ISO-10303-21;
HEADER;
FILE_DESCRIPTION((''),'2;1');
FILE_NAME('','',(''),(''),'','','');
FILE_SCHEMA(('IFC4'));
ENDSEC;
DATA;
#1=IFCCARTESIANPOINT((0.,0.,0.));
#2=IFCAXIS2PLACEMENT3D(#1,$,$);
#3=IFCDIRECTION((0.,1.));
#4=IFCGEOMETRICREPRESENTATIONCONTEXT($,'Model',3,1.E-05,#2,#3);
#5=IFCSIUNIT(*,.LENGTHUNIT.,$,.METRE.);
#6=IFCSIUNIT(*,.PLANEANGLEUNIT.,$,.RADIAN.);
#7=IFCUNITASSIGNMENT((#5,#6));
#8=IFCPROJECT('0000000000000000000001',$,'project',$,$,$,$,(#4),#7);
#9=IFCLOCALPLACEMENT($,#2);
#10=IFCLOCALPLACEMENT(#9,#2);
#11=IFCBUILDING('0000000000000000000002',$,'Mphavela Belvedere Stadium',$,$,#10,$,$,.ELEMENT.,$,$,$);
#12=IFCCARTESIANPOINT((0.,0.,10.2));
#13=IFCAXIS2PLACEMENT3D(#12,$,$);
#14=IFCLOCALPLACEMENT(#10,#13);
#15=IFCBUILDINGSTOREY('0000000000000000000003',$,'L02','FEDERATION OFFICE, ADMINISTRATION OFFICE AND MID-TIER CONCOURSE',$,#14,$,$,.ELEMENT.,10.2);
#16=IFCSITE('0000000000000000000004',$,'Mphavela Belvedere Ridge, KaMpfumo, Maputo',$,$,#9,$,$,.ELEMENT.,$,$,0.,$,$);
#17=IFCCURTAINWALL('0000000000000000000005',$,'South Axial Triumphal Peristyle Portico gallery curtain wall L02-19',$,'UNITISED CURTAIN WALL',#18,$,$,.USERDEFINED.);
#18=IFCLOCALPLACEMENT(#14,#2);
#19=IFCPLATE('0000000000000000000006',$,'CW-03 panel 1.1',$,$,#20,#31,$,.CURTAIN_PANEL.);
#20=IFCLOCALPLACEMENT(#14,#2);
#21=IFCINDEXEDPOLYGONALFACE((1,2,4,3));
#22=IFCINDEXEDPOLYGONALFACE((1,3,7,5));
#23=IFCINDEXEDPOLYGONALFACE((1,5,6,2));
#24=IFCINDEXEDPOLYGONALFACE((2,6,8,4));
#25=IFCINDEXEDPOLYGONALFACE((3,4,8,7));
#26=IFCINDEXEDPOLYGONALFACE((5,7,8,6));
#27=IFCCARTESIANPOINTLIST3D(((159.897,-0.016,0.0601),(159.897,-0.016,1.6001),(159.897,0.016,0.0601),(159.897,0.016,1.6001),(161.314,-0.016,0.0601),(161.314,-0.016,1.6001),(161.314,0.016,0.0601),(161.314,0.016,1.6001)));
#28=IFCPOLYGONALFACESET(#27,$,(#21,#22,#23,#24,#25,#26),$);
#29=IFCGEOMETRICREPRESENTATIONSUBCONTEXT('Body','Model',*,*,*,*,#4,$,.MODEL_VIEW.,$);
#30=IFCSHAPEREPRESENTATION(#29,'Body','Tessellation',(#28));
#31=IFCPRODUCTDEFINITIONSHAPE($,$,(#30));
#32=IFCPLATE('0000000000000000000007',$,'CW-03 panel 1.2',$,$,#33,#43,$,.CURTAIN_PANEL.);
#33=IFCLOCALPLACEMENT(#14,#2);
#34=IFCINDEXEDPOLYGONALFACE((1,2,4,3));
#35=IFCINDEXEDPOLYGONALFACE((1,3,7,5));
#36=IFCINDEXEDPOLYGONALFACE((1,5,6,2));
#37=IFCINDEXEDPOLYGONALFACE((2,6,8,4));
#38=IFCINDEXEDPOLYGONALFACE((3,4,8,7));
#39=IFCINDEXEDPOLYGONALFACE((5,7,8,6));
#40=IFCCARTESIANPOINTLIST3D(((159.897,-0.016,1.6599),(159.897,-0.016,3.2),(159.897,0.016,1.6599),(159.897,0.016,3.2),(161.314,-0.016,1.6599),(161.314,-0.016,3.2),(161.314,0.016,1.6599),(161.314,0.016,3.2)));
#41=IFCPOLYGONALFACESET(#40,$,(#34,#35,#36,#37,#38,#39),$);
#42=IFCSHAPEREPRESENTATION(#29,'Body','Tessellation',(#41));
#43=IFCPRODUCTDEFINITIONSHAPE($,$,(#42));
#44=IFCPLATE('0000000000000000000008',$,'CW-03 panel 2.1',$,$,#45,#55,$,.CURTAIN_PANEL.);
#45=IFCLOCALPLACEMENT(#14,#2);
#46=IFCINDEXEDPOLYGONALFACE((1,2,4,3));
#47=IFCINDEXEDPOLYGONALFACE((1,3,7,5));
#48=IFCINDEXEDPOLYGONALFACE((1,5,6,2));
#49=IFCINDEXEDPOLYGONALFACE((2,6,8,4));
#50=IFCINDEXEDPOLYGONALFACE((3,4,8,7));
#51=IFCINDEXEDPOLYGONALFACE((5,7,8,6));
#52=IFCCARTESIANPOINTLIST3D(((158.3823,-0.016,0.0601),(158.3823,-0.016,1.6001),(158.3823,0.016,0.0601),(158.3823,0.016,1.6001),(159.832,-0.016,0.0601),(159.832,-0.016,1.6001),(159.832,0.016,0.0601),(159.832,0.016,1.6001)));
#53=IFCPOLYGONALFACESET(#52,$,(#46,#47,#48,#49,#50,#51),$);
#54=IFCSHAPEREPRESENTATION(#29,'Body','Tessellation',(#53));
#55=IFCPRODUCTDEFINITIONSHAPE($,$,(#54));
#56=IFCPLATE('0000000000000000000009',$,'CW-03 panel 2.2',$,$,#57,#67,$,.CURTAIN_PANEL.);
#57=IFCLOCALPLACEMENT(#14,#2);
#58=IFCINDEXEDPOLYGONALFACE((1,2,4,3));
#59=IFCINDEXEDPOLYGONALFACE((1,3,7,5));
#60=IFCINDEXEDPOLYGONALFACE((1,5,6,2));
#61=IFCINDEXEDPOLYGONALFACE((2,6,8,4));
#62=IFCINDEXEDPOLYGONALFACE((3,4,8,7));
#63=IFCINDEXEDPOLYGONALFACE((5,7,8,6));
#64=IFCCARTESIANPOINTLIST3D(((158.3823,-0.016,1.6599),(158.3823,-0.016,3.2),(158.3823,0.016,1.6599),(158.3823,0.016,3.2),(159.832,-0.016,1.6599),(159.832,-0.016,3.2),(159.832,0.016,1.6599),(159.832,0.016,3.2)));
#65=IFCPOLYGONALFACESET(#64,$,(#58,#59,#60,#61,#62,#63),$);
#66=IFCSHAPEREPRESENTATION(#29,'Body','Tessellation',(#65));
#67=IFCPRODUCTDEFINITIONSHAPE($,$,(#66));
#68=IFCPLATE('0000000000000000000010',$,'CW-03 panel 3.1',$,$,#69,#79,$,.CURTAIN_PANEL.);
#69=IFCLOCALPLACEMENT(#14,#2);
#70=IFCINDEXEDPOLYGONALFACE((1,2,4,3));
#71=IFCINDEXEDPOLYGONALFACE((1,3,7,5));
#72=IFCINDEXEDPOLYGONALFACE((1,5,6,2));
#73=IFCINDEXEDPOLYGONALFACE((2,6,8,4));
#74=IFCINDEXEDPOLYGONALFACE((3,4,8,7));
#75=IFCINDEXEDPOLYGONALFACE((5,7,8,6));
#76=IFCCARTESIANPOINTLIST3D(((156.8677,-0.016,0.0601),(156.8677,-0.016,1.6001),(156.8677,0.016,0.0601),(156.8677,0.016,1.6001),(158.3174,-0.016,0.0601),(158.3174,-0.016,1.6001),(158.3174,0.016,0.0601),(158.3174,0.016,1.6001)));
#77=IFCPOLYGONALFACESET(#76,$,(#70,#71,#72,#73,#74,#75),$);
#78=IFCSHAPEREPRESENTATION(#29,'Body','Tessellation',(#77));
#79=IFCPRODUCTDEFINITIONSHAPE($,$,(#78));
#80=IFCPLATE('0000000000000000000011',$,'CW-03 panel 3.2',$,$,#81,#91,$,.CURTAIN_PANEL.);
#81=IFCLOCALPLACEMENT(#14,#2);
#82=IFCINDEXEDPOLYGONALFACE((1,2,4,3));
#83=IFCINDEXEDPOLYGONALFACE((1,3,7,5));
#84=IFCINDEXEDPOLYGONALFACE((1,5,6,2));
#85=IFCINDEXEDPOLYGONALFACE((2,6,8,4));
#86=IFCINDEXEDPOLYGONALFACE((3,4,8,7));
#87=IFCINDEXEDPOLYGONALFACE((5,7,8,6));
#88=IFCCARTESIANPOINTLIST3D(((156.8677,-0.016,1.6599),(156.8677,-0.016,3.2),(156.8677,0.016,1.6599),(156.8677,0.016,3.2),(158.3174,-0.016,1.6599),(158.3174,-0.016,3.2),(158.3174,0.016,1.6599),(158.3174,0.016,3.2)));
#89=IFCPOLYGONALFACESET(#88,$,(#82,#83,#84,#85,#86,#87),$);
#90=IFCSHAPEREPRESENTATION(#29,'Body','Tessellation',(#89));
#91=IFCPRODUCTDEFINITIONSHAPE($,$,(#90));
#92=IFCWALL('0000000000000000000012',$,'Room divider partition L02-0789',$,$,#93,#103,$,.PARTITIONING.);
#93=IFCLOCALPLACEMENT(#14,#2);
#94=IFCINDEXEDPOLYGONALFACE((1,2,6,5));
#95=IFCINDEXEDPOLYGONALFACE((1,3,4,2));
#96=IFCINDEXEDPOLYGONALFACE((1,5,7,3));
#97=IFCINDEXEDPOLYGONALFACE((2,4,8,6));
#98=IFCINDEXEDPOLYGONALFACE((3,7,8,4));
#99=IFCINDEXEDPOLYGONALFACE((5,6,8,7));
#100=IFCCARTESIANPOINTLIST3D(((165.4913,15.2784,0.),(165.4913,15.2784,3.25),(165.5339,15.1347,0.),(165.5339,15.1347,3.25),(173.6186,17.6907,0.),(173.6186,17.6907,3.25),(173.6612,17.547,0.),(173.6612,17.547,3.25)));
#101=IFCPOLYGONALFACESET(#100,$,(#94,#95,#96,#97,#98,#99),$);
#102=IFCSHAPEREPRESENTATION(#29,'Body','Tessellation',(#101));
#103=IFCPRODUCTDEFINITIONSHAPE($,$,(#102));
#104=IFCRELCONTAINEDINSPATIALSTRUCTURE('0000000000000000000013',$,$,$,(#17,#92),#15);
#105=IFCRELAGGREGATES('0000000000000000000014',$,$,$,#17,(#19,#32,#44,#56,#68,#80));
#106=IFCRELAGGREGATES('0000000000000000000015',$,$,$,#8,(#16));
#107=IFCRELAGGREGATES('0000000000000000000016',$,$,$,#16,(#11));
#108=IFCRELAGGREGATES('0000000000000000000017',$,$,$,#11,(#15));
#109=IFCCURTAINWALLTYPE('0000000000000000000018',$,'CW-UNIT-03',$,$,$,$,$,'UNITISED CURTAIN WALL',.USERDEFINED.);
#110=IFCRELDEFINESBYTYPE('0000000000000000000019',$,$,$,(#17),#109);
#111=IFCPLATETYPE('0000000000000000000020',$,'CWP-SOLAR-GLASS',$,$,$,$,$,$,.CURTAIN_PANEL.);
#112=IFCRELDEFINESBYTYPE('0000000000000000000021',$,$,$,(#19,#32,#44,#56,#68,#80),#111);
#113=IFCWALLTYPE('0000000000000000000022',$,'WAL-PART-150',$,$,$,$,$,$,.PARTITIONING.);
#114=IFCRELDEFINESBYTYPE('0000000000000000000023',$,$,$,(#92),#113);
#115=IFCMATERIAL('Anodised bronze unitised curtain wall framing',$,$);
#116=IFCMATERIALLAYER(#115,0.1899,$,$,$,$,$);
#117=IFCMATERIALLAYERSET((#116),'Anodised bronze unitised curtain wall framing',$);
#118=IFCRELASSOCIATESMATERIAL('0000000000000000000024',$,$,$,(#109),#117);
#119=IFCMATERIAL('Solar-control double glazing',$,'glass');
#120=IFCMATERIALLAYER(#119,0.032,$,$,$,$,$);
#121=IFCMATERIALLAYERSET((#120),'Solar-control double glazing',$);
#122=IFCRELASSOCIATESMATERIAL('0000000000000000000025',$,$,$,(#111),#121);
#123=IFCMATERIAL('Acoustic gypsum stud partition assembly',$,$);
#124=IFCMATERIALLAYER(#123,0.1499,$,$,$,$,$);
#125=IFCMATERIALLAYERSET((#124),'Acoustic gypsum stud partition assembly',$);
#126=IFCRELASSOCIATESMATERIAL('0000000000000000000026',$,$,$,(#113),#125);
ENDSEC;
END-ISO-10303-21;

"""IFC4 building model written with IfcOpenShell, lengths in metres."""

from ifc_helpers import new_model, si_unit, direction, frame, frame_2d, origin, origin_2d, place, context, subcontext, project, spatial, rectangle, extrude, material, layer, layer_set, type_object, element, aggregate, save


model = new_model("IFC4")

# Units and contexts
model_context = context("Model", 3, precision=1e-05, world=origin(), true_north=direction((0.0, 1.0)))
body_context = subcontext(model_context, "Body", "Model", "MODEL_VIEW")
ifc_project = project(units=[si_unit("LENGTHUNIT", "METRE"), si_unit("PLANEANGLEUNIT", "RADIAN")], contexts=[model_context])

# Site, building, storey
site_placement = place(None, origin())
site = spatial("IfcSite", under=ifc_project, at=site_placement, Name="Mphavela Belvedere Ridge, KaMpfumo, Maputo", CompositionType="ELEMENT", RefElevation=0.0)
building_placement = place(site_placement, origin())
building = spatial("IfcBuilding", under=site, at=building_placement, Name="Mphavela Belvedere Stadium", CompositionType="ELEMENT")
storey_placement = place(building_placement, frame((0.0, 0.0, 10.2)))
storey = spatial("IfcBuildingStorey", under=building, at=storey_placement, Name="L02", Description="FEDERATION OFFICE, ADMINISTRATION OFFICE AND MID-TIER CONCOURSE", CompositionType="ELEMENT", Elevation=10.2)

# Curtain wall
ifc_material_1 = material(Name="Anodised bronze unitised curtain wall framing")
ifc_layer_1 = layer(ifc_material_1, 0.1899)
ifc_layer_set_1 = layer_set([ifc_layer_1], Name="Anodised bronze unitised curtain wall framing")
curtain_wall_type_1 = type_object("IfcCurtainWallType", Name="CW-UNIT-03", ElementType="UNITISED CURTAIN WALL", PredefinedType="USERDEFINED", material=ifc_layer_set_1)
curtain_wall_1_placement = place(storey_placement, origin())
curtain_wall_1 = element("IfcCurtainWall", 1, at=curtain_wall_1_placement, inside=storey, type_object=curtain_wall_type_1, Name="South Axial Triumphal Peristyle Portico gallery curtain wall L02-19", ObjectType="UNITISED CURTAIN WALL", PredefinedType="USERDEFINED")

# Plates
ifc_material_2 = material(Name="Solar-control double glazing", Category="glass")
ifc_layer_2 = layer(ifc_material_2, 0.032)
ifc_layer_set_2 = layer_set([ifc_layer_2], Name="Solar-control double glazing")
plate_type = type_object("IfcPlateType", Name="CWP-SOLAR-GLASS", PredefinedType="CURTAIN_PANEL", material=ifc_layer_set_2)
plate_1_placement = place(storey_placement, frame((160.6055, 0.0, 0.0601), z_axis=(0.0, 0.0, 1.0), x_axis=(-1.0, 0.0, 0.0)))
plate_1 = element("IfcPlate", 2, at=plate_1_placement, type_object=plate_type, Name="CW-03 panel 1.1", PredefinedType="CURTAIN_PANEL", context=body_context, shape_type="SweptSolid", body=[
    extrude(rectangle(XDim=1.417, YDim=0.032, at=origin_2d()), origin(), (0.0, 0.0, 1.0), 1.54),
])
plate_2_placement = place(storey_placement, frame((160.6055, 0.0, 1.6599), z_axis=(0.0, 0.0, 1.0), x_axis=(-1.0, 0.0, 0.0)))
plate_2 = element("IfcPlate", 3, at=plate_2_placement, type_object=plate_type, Name="CW-03 panel 1.2", PredefinedType="CURTAIN_PANEL", context=body_context, shape_type="SweptSolid", body=[
    extrude(rectangle(XDim=1.417, YDim=0.032, at=origin_2d()), origin(), (0.0, 0.0, 1.0), 1.54),
])
plate_3_placement = place(storey_placement, frame((159.1072, 0.0, 0.0601), z_axis=(0.0, 0.0, 1.0), x_axis=(-1.0, 0.0, 0.0)))
plate_3 = element("IfcPlate", 4, at=plate_3_placement, type_object=plate_type, Name="CW-03 panel 2.1", PredefinedType="CURTAIN_PANEL", context=body_context, shape_type="SweptSolid", body=[
    extrude(rectangle(XDim=1.4497, YDim=0.032, at=origin_2d()), origin(), (0.0, 0.0, 1.0), 1.54),
])
plate_4_placement = place(storey_placement, frame((159.1072, 0.0, 1.6599), z_axis=(0.0, 0.0, 1.0), x_axis=(-1.0, 0.0, 0.0)))
plate_4 = element("IfcPlate", 5, at=plate_4_placement, type_object=plate_type, Name="CW-03 panel 2.2", PredefinedType="CURTAIN_PANEL", context=body_context, shape_type="SweptSolid", body=[
    extrude(rectangle(XDim=1.4497, YDim=0.032, at=origin_2d()), origin(), (0.0, 0.0, 1.0), 1.54),
])
plate_5_placement = place(storey_placement, frame((157.5925, 0.0, 0.0601), z_axis=(0.0, 0.0, 1.0), x_axis=(-1.0, 0.0, 0.0)))
plate_5 = element("IfcPlate", 6, at=plate_5_placement, type_object=plate_type, Name="CW-03 panel 3.1", PredefinedType="CURTAIN_PANEL", context=body_context, shape_type="SweptSolid", body=[
    extrude(rectangle(XDim=1.4497, YDim=0.032, at=origin_2d()), origin(), (0.0, 0.0, 1.0), 1.54),
])
plate_6_placement = place(storey_placement, frame((157.5925, 0.0, 1.6599), z_axis=(0.0, 0.0, 1.0), x_axis=(-1.0, 0.0, 0.0)))
plate_6 = element("IfcPlate", 7, at=plate_6_placement, type_object=plate_type, Name="CW-03 panel 3.2", PredefinedType="CURTAIN_PANEL", context=body_context, shape_type="SweptSolid", body=[
    extrude(rectangle(XDim=1.4497, YDim=0.032, at=origin_2d()), origin(), (0.0, 0.0, 1.0), 1.54),
])
aggregate(curtain_wall_1, [plate_1, plate_2, plate_3, plate_4, plate_5, plate_6])

# Wall
ifc_material_3 = material(Name="Acoustic gypsum stud partition assembly")
ifc_layer_3 = layer(ifc_material_3, 0.1499)
ifc_layer_set_3 = layer_set([ifc_layer_3], Name="Acoustic gypsum stud partition assembly")
wall_type = type_object("IfcWallType", Name="WAL-PART-150", PredefinedType="PARTITIONING", material=ifc_layer_set_3)
wall_placement = place(storey_placement, frame((165.5127, 15.2065, 0.0), z_axis=(0.0, 0.0, 1.0), x_axis=(0.95866, 0.284554, 0.0)))
element("IfcWall", 8, at=wall_placement, inside=storey, type_object=wall_type, Name="Room divider partition L02-0789", PredefinedType="PARTITIONING", context=body_context, shape_type="SweptSolid", body=[
    extrude(rectangle(XDim=8.4778, YDim=0.1499, at=frame_2d((4.2388, 0.0))), origin(), (0.0, 0.0, 1.0), 3.25),
])

save(model, "model.ifc")
